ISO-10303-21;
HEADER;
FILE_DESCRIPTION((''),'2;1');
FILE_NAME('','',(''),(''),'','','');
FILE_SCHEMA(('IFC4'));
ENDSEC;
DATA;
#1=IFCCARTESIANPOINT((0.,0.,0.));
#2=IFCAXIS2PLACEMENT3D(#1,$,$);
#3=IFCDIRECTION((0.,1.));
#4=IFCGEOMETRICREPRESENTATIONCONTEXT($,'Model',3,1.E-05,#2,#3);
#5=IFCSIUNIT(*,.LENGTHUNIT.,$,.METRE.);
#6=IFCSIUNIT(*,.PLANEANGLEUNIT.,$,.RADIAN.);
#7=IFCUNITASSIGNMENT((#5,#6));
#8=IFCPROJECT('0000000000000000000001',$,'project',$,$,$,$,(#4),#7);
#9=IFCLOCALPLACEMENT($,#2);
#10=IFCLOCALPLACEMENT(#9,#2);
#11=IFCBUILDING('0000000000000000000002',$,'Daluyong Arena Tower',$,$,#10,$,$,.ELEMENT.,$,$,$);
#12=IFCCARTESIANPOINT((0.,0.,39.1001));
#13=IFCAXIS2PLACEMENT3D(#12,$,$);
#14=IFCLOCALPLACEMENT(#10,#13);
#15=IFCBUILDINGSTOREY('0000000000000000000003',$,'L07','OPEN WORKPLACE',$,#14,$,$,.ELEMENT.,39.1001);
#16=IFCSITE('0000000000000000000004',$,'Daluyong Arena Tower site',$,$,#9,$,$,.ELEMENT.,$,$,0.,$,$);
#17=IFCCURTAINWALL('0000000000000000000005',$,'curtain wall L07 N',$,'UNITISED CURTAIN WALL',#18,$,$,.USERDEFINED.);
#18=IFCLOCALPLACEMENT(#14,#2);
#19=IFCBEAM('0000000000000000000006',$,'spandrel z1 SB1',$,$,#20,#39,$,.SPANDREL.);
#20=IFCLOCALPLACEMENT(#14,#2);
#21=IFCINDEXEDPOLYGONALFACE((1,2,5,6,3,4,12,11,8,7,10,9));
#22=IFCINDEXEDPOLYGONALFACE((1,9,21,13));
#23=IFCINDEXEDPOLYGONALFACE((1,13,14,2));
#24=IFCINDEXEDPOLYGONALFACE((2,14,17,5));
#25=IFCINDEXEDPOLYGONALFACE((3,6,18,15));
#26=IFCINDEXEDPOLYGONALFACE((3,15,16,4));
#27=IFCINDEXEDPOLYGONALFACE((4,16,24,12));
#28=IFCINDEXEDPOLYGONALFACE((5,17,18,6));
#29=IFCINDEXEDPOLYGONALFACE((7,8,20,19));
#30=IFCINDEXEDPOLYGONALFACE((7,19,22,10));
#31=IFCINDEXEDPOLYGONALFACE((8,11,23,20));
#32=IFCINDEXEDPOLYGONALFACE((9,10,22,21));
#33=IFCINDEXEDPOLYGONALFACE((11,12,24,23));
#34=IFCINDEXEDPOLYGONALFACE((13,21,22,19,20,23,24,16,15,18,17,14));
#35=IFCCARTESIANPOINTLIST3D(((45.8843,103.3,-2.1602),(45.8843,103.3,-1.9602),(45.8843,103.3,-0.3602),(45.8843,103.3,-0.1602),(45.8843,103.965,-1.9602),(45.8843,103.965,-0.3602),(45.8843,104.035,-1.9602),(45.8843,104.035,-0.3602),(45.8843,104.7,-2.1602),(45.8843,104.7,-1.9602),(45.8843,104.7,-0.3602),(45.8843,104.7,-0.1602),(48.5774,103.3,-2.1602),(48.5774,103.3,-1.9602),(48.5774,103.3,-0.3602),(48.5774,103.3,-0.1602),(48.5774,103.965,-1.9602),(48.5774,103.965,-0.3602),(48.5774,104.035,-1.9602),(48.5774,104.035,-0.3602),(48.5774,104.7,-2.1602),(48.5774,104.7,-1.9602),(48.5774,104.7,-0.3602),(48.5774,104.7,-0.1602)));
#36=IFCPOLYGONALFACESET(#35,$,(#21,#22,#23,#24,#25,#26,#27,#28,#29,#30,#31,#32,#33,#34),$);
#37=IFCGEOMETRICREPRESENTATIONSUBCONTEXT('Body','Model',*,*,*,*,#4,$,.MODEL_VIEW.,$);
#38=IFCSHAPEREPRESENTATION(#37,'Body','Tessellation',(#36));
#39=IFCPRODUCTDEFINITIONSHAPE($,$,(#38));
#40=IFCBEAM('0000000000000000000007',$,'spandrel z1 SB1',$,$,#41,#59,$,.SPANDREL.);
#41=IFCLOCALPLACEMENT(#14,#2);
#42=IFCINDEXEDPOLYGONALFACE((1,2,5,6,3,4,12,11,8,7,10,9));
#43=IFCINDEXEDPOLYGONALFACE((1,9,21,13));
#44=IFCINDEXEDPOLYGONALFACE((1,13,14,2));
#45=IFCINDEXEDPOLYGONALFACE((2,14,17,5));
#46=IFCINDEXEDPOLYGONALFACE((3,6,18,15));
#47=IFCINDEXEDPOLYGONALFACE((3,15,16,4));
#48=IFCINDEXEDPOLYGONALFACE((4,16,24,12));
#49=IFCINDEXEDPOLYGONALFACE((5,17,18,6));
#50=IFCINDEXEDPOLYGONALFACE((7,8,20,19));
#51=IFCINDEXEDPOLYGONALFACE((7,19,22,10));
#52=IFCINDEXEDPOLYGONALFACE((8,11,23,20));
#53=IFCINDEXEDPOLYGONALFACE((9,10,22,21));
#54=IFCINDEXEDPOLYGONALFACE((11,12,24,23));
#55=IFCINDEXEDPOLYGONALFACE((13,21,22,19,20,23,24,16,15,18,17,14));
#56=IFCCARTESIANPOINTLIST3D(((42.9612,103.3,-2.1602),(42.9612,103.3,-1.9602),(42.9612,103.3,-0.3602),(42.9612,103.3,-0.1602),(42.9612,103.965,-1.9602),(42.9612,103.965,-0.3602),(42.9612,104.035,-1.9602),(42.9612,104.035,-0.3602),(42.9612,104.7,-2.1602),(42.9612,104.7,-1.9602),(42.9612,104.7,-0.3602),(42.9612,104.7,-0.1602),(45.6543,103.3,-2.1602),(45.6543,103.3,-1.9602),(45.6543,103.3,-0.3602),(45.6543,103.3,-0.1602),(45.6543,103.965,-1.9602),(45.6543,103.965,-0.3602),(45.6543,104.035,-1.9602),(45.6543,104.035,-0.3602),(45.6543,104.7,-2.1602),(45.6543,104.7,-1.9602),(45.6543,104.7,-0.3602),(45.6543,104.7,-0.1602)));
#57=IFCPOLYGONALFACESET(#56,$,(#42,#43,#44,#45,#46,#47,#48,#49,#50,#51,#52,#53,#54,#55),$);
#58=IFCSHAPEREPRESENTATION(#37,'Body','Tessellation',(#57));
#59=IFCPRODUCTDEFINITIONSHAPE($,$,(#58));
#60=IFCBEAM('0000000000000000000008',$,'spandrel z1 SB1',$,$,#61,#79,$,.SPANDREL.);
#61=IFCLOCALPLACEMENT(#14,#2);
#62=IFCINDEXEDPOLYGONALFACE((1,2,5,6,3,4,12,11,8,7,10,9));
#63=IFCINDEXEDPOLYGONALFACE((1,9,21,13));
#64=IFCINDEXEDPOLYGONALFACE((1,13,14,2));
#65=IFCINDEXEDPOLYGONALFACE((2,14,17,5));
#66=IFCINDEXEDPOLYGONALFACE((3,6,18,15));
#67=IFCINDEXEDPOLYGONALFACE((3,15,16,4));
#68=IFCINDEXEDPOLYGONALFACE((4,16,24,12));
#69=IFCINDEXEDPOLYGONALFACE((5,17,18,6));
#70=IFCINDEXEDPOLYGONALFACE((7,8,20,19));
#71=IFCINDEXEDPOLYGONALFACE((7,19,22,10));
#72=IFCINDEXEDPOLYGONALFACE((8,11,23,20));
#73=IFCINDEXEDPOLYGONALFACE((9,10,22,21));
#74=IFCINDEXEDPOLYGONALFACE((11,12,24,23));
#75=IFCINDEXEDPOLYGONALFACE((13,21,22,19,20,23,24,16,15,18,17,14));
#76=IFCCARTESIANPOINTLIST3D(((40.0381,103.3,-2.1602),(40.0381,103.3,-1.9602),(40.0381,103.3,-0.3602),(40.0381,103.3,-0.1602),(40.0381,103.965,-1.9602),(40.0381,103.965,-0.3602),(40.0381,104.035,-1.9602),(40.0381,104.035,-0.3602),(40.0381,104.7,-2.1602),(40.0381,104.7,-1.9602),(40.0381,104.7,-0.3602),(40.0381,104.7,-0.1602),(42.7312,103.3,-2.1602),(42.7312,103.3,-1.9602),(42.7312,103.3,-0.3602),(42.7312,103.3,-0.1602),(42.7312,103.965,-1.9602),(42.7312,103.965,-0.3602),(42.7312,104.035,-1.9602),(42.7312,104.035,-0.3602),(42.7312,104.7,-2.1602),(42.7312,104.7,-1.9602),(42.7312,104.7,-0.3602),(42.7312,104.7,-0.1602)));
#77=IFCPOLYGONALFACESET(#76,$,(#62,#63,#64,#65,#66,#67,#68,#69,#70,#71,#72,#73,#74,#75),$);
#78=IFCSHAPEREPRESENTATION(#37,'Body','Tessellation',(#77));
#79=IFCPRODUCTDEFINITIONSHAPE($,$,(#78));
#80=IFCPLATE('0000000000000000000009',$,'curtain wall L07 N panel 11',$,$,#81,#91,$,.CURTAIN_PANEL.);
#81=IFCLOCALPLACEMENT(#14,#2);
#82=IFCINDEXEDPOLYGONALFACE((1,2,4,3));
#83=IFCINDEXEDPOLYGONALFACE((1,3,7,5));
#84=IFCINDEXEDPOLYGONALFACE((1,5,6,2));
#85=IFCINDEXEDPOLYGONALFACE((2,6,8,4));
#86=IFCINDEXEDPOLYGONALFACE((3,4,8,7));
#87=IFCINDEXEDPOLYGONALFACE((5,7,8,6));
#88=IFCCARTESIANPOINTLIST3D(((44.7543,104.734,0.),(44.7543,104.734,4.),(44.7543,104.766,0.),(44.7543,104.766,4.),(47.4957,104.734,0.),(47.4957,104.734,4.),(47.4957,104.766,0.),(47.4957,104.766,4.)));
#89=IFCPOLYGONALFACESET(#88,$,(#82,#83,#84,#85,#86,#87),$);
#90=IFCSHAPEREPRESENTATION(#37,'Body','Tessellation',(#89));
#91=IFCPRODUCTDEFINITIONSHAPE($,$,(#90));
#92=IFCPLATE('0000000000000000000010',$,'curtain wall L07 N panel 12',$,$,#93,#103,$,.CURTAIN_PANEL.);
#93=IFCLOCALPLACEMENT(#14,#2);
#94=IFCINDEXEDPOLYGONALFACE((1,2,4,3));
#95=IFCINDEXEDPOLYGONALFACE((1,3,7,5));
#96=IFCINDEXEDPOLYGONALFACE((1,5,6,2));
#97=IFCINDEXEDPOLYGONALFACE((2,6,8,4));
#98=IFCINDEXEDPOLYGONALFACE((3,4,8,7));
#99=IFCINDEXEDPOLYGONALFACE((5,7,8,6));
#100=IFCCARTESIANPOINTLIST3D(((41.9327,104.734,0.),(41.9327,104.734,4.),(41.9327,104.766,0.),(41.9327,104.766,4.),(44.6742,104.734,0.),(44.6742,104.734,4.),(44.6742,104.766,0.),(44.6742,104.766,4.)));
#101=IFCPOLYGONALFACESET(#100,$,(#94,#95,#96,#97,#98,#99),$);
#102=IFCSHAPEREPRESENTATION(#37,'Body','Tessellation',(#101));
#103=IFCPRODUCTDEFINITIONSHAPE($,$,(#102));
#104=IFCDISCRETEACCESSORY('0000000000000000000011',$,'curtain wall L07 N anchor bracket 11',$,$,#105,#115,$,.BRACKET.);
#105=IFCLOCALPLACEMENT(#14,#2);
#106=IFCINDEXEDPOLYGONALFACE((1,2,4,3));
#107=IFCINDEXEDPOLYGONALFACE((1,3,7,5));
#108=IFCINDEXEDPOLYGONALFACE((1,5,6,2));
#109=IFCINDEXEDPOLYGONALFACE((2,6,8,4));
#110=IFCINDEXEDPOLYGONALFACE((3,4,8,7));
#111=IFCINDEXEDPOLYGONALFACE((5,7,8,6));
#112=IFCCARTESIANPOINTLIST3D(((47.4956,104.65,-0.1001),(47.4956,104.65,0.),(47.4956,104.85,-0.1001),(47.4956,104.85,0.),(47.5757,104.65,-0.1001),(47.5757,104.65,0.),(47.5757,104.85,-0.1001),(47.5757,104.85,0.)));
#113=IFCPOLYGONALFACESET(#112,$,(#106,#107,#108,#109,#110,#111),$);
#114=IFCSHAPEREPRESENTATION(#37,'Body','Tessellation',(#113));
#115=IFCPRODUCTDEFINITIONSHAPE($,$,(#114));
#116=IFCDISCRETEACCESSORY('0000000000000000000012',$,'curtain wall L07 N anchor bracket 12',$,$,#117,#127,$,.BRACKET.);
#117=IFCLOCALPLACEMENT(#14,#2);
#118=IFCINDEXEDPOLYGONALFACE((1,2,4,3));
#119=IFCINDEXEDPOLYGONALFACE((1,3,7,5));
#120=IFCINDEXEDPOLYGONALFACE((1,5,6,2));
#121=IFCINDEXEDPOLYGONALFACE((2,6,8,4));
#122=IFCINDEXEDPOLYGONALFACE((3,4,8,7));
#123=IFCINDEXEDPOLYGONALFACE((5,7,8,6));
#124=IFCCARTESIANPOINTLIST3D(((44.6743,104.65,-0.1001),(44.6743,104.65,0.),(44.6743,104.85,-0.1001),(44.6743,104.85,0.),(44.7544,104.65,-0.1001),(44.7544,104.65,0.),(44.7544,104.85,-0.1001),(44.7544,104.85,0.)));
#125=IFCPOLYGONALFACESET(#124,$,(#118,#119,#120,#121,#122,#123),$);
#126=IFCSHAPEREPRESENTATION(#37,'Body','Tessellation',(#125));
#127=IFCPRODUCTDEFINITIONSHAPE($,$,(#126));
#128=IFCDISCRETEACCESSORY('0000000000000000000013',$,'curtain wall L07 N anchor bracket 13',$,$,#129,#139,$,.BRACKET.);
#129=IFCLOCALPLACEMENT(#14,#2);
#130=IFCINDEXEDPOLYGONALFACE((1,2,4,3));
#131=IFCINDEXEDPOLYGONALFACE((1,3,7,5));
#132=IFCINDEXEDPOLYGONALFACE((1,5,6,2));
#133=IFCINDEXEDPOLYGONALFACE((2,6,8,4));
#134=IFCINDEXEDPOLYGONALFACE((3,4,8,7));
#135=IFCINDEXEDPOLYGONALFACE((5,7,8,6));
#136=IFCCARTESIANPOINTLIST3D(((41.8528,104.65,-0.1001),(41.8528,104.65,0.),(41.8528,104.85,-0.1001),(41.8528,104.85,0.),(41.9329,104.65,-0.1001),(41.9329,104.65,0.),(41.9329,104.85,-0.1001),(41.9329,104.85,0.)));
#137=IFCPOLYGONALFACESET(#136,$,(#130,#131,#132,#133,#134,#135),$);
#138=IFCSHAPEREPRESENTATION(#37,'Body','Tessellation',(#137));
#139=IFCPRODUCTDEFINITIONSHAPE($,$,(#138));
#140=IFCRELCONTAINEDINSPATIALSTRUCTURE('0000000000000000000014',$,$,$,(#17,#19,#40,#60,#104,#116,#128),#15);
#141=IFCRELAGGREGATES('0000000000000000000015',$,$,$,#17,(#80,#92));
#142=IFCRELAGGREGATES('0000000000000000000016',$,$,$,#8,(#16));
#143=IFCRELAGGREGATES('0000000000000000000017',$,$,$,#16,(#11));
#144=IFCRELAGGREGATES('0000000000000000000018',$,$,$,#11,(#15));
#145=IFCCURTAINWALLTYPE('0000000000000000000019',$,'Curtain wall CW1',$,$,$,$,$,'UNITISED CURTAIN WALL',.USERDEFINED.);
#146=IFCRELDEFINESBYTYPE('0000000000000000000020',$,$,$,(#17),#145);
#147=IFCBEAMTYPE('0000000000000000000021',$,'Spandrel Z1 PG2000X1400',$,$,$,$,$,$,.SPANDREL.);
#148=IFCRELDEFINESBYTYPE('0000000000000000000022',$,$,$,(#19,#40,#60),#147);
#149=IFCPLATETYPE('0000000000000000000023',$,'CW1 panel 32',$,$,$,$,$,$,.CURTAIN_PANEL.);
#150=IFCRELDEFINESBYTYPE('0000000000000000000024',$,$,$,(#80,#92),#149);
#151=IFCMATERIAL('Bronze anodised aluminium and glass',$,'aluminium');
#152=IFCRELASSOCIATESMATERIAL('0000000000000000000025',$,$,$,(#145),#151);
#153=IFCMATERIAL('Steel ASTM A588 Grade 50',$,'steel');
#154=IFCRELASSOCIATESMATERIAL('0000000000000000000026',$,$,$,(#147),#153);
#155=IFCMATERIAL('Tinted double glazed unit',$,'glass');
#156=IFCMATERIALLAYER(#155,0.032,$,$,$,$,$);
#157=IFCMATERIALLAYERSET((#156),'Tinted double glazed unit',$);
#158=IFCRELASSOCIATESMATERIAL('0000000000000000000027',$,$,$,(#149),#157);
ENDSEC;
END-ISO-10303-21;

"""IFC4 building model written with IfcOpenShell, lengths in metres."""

from ifc_helpers import new_model, si_unit, direction, frame, origin, origin_2d, place, context, subcontext, project, spatial, rectangle, i_section, extrude, material, layer, layer_set, material_profile, profile_set, type_object, element, aggregate, save


model = new_model("IFC4")

# Units and contexts
model_context = context("Model", 3, precision=1e-05, world=origin(), true_north=direction((0.0, 1.0)))
body_context = subcontext(model_context, "Body", "Model", "MODEL_VIEW")
ifc_project = project(units=[si_unit("LENGTHUNIT", "METRE"), si_unit("PLANEANGLEUNIT", "RADIAN")], contexts=[model_context])

# Site, building, storey
site_placement = place(None, origin())
site = spatial("IfcSite", under=ifc_project, at=site_placement, Name="Daluyong Arena Tower site", CompositionType="ELEMENT", RefElevation=0.0)
building_placement = place(site_placement, origin())
building = spatial("IfcBuilding", under=site, at=building_placement, Name="Daluyong Arena Tower", CompositionType="ELEMENT")
storey_placement = place(building_placement, frame((0.0, 0.0, 39.1001)))
storey = spatial("IfcBuildingStorey", under=building, at=storey_placement, Name="L07", Description="OPEN WORKPLACE", CompositionType="ELEMENT", Elevation=39.1001)

# Curtain wall
ifc_material_1 = material(Name="Bronze anodised aluminium and glass", Category="aluminium")
curtain_wall_type = type_object("IfcCurtainWallType", Name="Curtain wall CW1", ElementType="UNITISED CURTAIN WALL", PredefinedType="USERDEFINED", material=ifc_material_1)
curtain_wall_placement = place(storey_placement, origin())
curtain_wall = element("IfcCurtainWall", 1, at=curtain_wall_placement, inside=storey, type_object=curtain_wall_type, Name="curtain wall L07 N", ObjectType="UNITISED CURTAIN WALL", PredefinedType="USERDEFINED")

# Beams
ifc_material_2 = material(Name="Steel ASTM A588 Grade 50", Category="steel")
ifc_material_profile_1 = material_profile(ifc_material_2, i_section(OverallWidth=1.3999, OverallDepth=2.0, WebThickness=0.07, FlangeThickness=0.2, at=origin_2d()))
ifc_profile_set_1 = profile_set([ifc_material_profile_1], Name="Steel ASTM A588 Grade 50")
beam_type_1 = type_object("IfcBeamType", Name="Spandrel Z1 PG2000X1400", PredefinedType="SPANDREL", material=ifc_profile_set_1)
for number, where, z_axis, x_axis, name in (
    (2, (48.5774, 104.0, -1.1602), (-1.0, 0.0, 0.0), (0.0, -1.0, 0.0), "spandrel z1 SB1"),
    (3, (45.6543, 104.0, -1.1602), (-1.0, 0.0, 0.0), (0.0, -1.0, 0.0), "spandrel z1 SB1"),
    (4, (42.7312, 104.0, -1.1602), (-1.0, 0.0, 0.0), (0.0, -1.0, 0.0), "spandrel z1 SB1"),
):
    element("IfcBeam", number, at=place(storey_placement, frame(where, z_axis=z_axis, x_axis=x_axis)), inside=storey, type_object=beam_type_1, Name=name, PredefinedType="SPANDREL", context=body_context, shape_type="SweptSolid", body=[
        extrude(i_section(OverallWidth=1.3999, OverallDepth=2.0, WebThickness=0.07, FlangeThickness=0.2, at=origin_2d()), origin(), (0.0, 0.0, 1.0), 2.6931),
    ])

# Plates
ifc_material_3 = material(Name="Tinted double glazed unit", Category="glass")
ifc_layer = layer(ifc_material_3, 0.032)
ifc_layer_set = layer_set([ifc_layer], Name="Tinted double glazed unit")
plate_type = type_object("IfcPlateType", Name="CW1 panel 32", PredefinedType="CURTAIN_PANEL", material=ifc_layer_set)
plate_1_placement = place(storey_placement, frame((46.125, 104.75, 0.0), z_axis=(0.0, 0.0, 1.0), x_axis=(-1.0, 0.0, 0.0)))
plate_1 = element("IfcPlate", 5, at=plate_1_placement, type_object=plate_type, Name="curtain wall L07 N panel 11", PredefinedType="CURTAIN_PANEL", context=body_context, shape_type="SweptSolid", body=[
    extrude(rectangle(XDim=2.7415, YDim=0.032, at=origin_2d()), origin(), (0.0, 0.0, 1.0), 4.0),
])
plate_2_placement = place(storey_placement, frame((43.3035, 104.75, 0.0), z_axis=(0.0, 0.0, 1.0), x_axis=(-1.0, 0.0, 0.0)))
plate_2 = element("IfcPlate", 6, at=plate_2_placement, type_object=plate_type, Name="curtain wall L07 N panel 12", PredefinedType="CURTAIN_PANEL", context=body_context, shape_type="SweptSolid", body=[
    extrude(rectangle(XDim=2.7415, YDim=0.032, at=origin_2d()), origin(), (0.0, 0.0, 1.0), 4.0),
])
aggregate(curtain_wall, [plate_1, plate_2])

# Discrete accessories
for number, where, z_axis, x_axis, name in (
    (7, (47.5356, 104.75, -0.1001), (0.0, 0.0, 1.0), (-1.0, 0.0, 0.0), "curtain wall L07 N anchor bracket 11"),
    (8, (44.7144, 104.75, -0.1001), (0.0, 0.0, 1.0), (-1.0, 0.0, 0.0), "curtain wall L07 N anchor bracket 12"),
    (9, (41.8928, 104.75, -0.1001), (0.0, 0.0, 1.0), (-1.0, 0.0, 0.0), "curtain wall L07 N anchor bracket 13"),
):
    element("IfcDiscreteAccessory", number, at=place(storey_placement, frame(where, z_axis=z_axis, x_axis=x_axis)), inside=storey, Name=name, PredefinedType="BRACKET", context=body_context, shape_type="SweptSolid", body=[
        extrude(rectangle(XDim=0.0801, YDim=0.2, at=origin_2d()), origin(), (0.0, 0.0, 1.0), 0.1001),
    ])

save(model, "model.ifc")
